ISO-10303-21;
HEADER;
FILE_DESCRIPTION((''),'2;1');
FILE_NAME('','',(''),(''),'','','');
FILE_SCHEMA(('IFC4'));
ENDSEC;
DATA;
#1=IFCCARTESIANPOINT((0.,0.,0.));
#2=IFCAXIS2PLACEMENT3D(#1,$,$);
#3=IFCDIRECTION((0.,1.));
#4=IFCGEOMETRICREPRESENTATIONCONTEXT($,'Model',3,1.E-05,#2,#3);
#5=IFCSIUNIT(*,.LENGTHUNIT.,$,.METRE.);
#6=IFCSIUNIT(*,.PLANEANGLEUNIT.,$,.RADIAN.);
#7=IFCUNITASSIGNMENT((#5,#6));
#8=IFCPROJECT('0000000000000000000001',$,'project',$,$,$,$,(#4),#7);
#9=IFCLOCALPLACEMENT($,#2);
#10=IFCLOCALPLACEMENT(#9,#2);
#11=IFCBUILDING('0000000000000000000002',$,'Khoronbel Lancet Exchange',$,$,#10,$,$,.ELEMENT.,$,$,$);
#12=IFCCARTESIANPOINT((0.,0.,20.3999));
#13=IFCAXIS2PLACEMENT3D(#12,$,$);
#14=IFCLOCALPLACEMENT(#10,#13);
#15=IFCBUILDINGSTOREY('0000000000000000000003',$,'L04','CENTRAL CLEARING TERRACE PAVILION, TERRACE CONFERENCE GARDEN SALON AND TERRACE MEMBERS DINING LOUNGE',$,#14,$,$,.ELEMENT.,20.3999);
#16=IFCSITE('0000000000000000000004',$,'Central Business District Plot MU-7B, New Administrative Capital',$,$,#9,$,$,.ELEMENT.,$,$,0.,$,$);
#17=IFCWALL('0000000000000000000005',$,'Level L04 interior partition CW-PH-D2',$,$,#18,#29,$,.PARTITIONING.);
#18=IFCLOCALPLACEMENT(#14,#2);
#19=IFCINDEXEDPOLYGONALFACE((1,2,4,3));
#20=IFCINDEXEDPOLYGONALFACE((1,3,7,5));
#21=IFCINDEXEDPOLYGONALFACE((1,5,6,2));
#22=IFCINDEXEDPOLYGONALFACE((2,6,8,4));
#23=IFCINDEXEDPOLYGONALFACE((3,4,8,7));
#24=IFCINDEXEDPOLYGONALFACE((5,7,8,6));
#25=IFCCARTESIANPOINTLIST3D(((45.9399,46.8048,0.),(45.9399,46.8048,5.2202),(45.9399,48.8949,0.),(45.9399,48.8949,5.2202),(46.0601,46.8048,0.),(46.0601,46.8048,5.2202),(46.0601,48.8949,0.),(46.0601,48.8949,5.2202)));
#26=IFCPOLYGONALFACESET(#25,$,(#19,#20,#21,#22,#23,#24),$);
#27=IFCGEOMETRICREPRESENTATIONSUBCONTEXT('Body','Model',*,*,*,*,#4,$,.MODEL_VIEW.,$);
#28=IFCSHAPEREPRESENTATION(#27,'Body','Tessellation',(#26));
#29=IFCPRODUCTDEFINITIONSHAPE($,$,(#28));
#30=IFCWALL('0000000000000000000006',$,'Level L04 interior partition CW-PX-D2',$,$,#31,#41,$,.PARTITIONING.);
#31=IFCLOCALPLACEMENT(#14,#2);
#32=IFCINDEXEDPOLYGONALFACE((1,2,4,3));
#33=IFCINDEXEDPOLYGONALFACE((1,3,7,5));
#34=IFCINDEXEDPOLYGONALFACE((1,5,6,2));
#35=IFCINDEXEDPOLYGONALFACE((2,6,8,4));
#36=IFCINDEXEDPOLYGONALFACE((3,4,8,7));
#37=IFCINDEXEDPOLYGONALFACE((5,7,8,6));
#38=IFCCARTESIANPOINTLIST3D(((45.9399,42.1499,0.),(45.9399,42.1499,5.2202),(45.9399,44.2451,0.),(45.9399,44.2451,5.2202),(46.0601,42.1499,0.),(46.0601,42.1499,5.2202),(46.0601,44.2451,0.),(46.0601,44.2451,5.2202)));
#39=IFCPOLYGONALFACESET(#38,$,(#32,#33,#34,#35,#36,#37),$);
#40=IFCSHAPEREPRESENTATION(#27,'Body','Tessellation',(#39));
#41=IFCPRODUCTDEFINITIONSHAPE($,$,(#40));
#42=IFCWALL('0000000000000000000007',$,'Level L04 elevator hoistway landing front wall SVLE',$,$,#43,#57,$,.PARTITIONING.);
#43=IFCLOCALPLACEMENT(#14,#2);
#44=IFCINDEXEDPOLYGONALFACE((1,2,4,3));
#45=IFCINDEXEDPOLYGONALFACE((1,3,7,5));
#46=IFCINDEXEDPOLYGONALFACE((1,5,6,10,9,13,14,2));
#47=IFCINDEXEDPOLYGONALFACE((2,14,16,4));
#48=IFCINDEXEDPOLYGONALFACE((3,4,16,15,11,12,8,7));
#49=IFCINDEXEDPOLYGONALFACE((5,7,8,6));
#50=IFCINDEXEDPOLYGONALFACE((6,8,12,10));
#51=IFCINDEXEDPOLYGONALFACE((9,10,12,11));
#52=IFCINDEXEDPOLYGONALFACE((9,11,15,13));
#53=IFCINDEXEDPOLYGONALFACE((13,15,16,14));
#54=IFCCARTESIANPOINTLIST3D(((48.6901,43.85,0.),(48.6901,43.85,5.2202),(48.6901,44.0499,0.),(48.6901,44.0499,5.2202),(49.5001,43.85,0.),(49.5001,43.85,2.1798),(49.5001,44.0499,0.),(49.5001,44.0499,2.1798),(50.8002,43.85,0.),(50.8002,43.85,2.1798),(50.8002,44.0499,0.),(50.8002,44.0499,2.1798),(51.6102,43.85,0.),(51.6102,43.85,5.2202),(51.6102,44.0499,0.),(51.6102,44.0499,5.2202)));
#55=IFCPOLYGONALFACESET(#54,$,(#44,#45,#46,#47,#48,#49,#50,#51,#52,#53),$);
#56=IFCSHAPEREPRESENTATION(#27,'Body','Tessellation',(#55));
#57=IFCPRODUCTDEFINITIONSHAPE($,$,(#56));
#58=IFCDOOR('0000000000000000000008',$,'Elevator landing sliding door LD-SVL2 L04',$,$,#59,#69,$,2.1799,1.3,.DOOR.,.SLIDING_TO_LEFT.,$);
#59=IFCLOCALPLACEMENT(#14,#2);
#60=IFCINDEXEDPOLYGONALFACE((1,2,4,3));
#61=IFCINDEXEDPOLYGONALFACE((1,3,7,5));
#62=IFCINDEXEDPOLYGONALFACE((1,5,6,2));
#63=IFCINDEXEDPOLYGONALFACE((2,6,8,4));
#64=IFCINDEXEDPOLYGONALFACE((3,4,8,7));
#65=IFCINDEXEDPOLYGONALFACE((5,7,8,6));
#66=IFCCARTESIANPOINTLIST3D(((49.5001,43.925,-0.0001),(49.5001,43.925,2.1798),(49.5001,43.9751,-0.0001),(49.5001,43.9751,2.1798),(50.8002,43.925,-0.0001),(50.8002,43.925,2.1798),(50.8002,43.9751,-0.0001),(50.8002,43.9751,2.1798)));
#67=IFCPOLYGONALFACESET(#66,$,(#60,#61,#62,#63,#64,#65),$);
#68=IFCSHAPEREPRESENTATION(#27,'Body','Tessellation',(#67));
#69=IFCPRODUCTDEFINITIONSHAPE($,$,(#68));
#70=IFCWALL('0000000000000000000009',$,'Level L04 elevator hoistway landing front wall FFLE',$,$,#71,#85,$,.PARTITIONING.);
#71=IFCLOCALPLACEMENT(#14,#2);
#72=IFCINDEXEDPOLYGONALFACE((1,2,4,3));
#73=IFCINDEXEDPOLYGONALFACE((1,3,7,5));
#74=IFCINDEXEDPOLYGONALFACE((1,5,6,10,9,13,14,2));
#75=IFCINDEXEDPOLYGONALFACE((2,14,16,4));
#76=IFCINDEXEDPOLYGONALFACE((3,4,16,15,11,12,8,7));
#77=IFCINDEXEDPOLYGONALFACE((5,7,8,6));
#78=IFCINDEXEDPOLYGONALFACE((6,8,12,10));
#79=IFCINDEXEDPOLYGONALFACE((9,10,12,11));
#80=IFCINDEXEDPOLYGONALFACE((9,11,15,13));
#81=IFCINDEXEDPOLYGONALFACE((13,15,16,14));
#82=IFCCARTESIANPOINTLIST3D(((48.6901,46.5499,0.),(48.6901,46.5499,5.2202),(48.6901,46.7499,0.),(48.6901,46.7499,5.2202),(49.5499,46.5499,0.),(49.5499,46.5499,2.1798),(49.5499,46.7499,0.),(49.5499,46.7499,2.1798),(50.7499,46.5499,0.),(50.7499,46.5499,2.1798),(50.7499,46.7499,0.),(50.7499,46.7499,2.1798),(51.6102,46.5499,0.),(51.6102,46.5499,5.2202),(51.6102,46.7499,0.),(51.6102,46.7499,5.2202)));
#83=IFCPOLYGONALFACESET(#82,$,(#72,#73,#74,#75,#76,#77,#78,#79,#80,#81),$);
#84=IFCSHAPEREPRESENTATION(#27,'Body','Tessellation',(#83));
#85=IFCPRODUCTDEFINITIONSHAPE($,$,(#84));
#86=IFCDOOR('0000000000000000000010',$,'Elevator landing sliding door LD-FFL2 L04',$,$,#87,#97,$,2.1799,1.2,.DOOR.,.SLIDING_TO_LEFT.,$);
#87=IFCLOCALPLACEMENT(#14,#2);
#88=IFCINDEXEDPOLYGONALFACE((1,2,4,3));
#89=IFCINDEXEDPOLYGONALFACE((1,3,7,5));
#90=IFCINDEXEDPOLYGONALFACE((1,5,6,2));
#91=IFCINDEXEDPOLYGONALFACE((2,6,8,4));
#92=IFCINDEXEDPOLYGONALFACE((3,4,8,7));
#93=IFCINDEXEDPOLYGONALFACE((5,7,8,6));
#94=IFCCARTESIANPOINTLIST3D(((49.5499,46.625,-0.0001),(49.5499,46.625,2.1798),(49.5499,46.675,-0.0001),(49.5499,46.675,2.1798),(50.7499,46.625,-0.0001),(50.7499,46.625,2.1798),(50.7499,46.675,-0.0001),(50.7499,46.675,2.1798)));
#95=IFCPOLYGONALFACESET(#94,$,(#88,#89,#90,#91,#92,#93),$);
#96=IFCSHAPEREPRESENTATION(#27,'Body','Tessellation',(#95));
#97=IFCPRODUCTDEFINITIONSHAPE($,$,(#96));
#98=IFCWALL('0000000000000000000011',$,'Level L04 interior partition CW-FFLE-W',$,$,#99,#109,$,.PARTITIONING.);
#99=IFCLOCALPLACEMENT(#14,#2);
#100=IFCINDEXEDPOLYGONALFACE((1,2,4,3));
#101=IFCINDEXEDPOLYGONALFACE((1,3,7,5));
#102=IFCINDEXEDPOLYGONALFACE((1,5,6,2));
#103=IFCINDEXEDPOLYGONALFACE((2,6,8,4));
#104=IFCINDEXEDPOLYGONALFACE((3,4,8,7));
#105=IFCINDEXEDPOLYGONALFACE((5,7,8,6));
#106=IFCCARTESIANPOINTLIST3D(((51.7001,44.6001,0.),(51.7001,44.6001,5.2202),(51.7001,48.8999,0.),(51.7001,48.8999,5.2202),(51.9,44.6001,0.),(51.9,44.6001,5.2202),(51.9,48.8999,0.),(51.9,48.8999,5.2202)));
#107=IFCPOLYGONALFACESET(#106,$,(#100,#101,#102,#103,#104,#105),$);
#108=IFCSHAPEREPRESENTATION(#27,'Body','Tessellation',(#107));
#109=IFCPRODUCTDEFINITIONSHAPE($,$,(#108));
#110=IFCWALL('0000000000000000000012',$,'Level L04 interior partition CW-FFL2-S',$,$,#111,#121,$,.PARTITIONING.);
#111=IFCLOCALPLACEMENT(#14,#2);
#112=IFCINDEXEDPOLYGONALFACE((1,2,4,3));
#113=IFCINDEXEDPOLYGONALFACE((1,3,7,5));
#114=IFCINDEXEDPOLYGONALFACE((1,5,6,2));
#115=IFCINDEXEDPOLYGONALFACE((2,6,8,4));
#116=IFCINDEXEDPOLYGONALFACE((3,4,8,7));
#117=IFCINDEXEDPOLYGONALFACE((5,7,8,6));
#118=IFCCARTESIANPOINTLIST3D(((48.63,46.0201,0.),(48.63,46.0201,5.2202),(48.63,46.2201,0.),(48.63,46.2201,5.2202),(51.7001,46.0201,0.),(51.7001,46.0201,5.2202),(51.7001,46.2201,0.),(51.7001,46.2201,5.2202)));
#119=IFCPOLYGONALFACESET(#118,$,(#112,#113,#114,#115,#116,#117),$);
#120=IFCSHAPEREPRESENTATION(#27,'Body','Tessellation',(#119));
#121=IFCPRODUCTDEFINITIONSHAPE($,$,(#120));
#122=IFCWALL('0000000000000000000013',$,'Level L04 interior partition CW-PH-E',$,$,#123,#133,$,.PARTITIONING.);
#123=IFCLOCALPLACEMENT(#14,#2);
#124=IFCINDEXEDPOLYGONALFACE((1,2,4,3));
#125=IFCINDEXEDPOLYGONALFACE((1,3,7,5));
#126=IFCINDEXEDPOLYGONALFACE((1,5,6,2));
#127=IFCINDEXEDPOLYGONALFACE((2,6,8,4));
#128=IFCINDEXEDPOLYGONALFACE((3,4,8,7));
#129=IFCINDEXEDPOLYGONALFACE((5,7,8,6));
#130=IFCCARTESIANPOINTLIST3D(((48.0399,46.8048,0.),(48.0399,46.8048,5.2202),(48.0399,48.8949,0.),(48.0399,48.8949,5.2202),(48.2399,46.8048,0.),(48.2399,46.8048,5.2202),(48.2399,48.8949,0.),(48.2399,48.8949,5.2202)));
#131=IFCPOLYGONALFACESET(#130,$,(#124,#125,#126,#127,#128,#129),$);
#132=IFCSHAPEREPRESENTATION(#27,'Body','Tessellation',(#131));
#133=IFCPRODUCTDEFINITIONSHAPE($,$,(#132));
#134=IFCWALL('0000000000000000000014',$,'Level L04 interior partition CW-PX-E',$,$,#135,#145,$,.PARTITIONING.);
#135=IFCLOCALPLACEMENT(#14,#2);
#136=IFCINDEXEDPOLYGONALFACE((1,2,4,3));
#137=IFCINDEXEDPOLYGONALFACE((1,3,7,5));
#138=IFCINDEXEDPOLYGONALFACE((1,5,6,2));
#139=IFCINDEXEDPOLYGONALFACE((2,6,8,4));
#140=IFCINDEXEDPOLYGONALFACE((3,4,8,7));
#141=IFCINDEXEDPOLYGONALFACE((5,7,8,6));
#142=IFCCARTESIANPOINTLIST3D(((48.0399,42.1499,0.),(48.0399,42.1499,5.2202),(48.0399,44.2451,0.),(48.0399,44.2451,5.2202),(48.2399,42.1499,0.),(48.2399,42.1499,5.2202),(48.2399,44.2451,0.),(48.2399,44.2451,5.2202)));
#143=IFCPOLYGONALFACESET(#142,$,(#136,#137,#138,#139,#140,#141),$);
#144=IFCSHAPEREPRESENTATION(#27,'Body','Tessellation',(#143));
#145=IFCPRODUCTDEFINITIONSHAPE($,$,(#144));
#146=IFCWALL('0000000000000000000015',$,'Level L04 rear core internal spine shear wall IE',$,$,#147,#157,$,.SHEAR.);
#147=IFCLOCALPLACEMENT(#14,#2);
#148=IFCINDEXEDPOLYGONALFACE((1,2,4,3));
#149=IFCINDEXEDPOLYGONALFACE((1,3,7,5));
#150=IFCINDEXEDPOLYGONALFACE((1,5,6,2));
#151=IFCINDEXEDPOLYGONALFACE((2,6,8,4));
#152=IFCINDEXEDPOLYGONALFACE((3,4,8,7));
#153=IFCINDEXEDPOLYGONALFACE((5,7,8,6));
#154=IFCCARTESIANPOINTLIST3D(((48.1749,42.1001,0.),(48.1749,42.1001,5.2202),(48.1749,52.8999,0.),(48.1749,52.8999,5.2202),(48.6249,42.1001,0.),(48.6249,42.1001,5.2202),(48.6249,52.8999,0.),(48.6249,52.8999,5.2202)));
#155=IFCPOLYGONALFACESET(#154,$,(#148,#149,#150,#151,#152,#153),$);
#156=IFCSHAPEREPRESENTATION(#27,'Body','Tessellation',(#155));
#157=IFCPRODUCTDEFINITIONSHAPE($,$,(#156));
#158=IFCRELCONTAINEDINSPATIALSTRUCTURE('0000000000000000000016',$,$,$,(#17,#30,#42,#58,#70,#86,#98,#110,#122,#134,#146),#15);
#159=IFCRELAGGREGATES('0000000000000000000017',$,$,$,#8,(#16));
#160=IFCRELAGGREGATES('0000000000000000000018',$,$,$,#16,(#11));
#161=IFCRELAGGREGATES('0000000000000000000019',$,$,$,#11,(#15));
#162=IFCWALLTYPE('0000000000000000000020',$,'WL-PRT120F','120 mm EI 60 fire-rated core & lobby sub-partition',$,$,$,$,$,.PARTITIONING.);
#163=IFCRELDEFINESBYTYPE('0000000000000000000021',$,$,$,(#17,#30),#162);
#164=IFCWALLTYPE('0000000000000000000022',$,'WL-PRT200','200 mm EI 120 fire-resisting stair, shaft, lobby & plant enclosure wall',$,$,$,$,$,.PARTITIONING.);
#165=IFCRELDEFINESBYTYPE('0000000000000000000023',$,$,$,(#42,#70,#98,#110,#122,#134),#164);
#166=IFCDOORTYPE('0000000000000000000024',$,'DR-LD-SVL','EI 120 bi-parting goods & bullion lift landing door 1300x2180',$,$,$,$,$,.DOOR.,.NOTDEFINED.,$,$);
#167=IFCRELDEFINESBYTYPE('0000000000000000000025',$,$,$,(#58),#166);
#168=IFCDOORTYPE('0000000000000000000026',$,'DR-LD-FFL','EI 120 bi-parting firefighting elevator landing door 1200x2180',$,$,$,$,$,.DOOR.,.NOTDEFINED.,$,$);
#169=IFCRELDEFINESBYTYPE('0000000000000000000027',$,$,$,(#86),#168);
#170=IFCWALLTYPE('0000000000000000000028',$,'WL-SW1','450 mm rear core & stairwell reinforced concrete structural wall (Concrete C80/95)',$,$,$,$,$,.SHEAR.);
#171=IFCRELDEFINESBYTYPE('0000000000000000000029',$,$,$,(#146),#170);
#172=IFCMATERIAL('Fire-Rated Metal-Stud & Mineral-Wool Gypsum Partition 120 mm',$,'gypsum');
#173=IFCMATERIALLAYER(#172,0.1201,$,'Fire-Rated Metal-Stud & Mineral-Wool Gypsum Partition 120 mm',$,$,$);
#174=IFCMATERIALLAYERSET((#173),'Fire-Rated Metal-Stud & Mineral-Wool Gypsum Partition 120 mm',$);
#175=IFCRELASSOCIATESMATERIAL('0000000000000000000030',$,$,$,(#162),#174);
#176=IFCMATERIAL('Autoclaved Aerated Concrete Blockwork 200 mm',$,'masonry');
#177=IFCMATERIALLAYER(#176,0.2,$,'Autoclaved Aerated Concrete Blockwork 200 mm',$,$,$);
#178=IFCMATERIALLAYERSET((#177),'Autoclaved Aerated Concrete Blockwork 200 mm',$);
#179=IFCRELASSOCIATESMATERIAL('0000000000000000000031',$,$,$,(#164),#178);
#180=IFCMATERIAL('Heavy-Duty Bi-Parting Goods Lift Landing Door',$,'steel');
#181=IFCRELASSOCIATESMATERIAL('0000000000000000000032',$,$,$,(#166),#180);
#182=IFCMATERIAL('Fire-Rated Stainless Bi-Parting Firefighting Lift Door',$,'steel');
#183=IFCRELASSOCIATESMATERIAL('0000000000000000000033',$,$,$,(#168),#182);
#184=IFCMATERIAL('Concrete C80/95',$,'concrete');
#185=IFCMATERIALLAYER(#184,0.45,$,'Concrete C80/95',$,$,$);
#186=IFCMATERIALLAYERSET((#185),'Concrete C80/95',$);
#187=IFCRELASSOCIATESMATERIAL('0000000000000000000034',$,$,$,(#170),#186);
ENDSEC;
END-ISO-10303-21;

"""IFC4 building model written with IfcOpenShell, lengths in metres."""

from ifc_helpers import new_model, si_unit, direction, frame, frame_2d, origin, place, context, subcontext, project, spatial, rectangle, extrude, material, layer, layer_set, type_object, element, fill, save


model = new_model("IFC4")

# Units and contexts
model_context = context("Model", 3, precision=1e-05, world=origin(), true_north=direction((0.0, 1.0)))
body_context = subcontext(model_context, "Body", "Model", "MODEL_VIEW")
ifc_project = project(units=[si_unit("LENGTHUNIT", "METRE"), si_unit("PLANEANGLEUNIT", "RADIAN")], contexts=[model_context])

# Site, building, storey
site_placement = place(None, origin())
site = spatial("IfcSite", under=ifc_project, at=site_placement, Name="Central Business District Plot MU-7B, New Administrative Capital", CompositionType="ELEMENT", RefElevation=0.0)
building_placement = place(site_placement, origin())
building = spatial("IfcBuilding", under=site, at=building_placement, Name="Khoronbel Lancet Exchange", CompositionType="ELEMENT")
storey_placement = place(building_placement, frame((0.0, 0.0, 20.3999)))
storey = spatial("IfcBuildingStorey", under=building, at=storey_placement, Name="L04", Description="CENTRAL CLEARING TERRACE PAVILION, TERRACE CONFERENCE GARDEN SALON AND TERRACE MEMBERS DINING LOUNGE", CompositionType="ELEMENT", Elevation=20.3999)

# Shared definitions
ifc_material_1 = material(Name="Concrete C80/95", Category="concrete")

# Walls
ifc_material_2 = material(Name="Fire-Rated Metal-Stud & Mineral-Wool Gypsum Partition 120 mm", Category="gypsum")
ifc_layer_1 = layer(ifc_material_2, 0.1201, Name="Fire-Rated Metal-Stud & Mineral-Wool Gypsum Partition 120 mm")
ifc_layer_set_1 = layer_set([ifc_layer_1], Name="Fire-Rated Metal-Stud & Mineral-Wool Gypsum Partition 120 mm")
wall_type_1 = type_object("IfcWallType", Name="WL-PRT120F", Description="120 mm EI 60 fire-rated core & lobby sub-partition", PredefinedType="PARTITIONING", material=ifc_layer_set_1)
for number, where, z_axis, x_axis, name in (
    (1, (46.0, 46.8049, 0.0), (0.0, 0.0, 1.0), (0.0, 1.0, 0.0), "Level L04 interior partition CW-PH-D2"),
):
    element("IfcWall", number, at=place(storey_placement, frame(where, z_axis=z_axis, x_axis=x_axis)), inside=storey, type_object=wall_type_1, Name=name, PredefinedType="PARTITIONING", context=body_context, shape_type="SweptSolid", body=[
        extrude(rectangle(XDim=2.0901, YDim=0.1201, at=frame_2d((1.0449, 0.0))), origin(), (0.0, 0.0, 1.0), 5.2202),
    ])
wall_1_placement = place(storey_placement, frame((46.0, 42.1499, 0.0), z_axis=(0.0, 0.0, 1.0), x_axis=(0.0, 1.0, 0.0)))
element("IfcWall", 2, at=wall_1_placement, inside=storey, type_object=wall_type_1, Name="Level L04 interior partition CW-PX-D2", PredefinedType="PARTITIONING", context=body_context, shape_type="SweptSolid", body=[
    extrude(rectangle(XDim=2.0952, YDim=0.1201, at=frame_2d((1.0476, 0.0))), origin(), (0.0, 0.0, 1.0), 5.2202),
])

# Walls, openings, doors
ifc_material_3 = material(Name="Autoclaved Aerated Concrete Blockwork 200 mm", Category="masonry")
ifc_layer_2 = layer(ifc_material_3, 0.2, Name="Autoclaved Aerated Concrete Blockwork 200 mm")
ifc_layer_set_2 = layer_set([ifc_layer_2], Name="Autoclaved Aerated Concrete Blockwork 200 mm")
wall_type_2 = type_object("IfcWallType", Name="WL-PRT200", Description="200 mm EI 120 fire-resisting stair, shaft, lobby & plant enclosure wall", PredefinedType="PARTITIONING", material=ifc_layer_set_2)
wall_2_placement = place(storey_placement, frame((51.6101, 43.95, 0.0), z_axis=(0.0, 0.0, 1.0), x_axis=(-1.0, 0.0, 0.0)))
wall_2 = element("IfcWall", 3, at=wall_2_placement, inside=storey, type_object=wall_type_2, Name="Level L04 elevator hoistway landing front wall SVLE", PredefinedType="PARTITIONING", context=body_context, shape_type="SweptSolid", body=[
    extrude(rectangle(XDim=2.9202, YDim=0.2, at=frame_2d((1.46, 0.0))), origin(), (0.0, 0.0, 1.0), 5.2202),
])
opening_1_placement = place(wall_2_placement, frame((0.8101, 0.0, 0.0)))
opening_1 = element("IfcOpeningElement", 4, at=opening_1_placement, cuts=wall_2, PredefinedType="OPENING", context=body_context, shape_type="SweptSolid", body=[
    extrude(rectangle(XDim=1.3, YDim=2.1799, at=frame_2d((0.6499, 1.0898))), frame((0.0, 0.1099, 0.0), z_axis=(0.0, -1.0, 0.0), x_axis=(1.0, 0.0, 0.0)), (0.0, 0.0, 1.0), 0.22),
])
ifc_material_4 = material(Name="Heavy-Duty Bi-Parting Goods Lift Landing Door", Category="steel")
door_type_1 = type_object("IfcDoorType", Name="DR-LD-SVL", Description="EI 120 bi-parting goods & bullion lift landing door 1300x2180", OperationType="NOTDEFINED", PredefinedType="DOOR", material=ifc_material_4)
door_1_placement = place(opening_1_placement, origin())
door_1 = element("IfcDoor", 5, at=door_1_placement, inside=storey, type_object=door_type_1, Name="Elevator landing sliding door LD-SVL2 L04", OperationType="SLIDING_TO_LEFT", OverallHeight=2.1799, OverallWidth=1.3, PredefinedType="DOOR", context=body_context, shape_type="SweptSolid", body=[
    extrude(rectangle(XDim=1.3, YDim=2.1799, at=frame_2d((0.6499, 1.0898))), frame((0.0, 0.0249, 0.0), z_axis=(0.0, -1.0, 0.0), x_axis=(1.0, 0.0, 0.0)), (0.0, 0.0, 1.0), 0.05),
])
fill(opening_1, door_1)
wall_3_placement = place(storey_placement, frame((51.6101, 46.6499, 0.0), z_axis=(0.0, 0.0, 1.0), x_axis=(-1.0, 0.0, 0.0)))
wall_3 = element("IfcWall", 6, at=wall_3_placement, inside=storey, type_object=wall_type_2, Name="Level L04 elevator hoistway landing front wall FFLE", PredefinedType="PARTITIONING", context=body_context, shape_type="SweptSolid", body=[
    extrude(rectangle(XDim=2.9202, YDim=0.2, at=frame_2d((1.46, 0.0))), origin(), (0.0, 0.0, 1.0), 5.2202),
])
opening_2_placement = place(wall_3_placement, frame((0.8601, 0.0, 0.0)))
opening_2 = element("IfcOpeningElement", 7, at=opening_2_placement, cuts=wall_3, PredefinedType="OPENING", context=body_context, shape_type="SweptSolid", body=[
    extrude(rectangle(XDim=1.2, YDim=2.1799, at=frame_2d((0.6001, 1.0898))), frame((0.0, 0.1099, 0.0), z_axis=(0.0, -1.0, 0.0), x_axis=(1.0, 0.0, 0.0)), (0.0, 0.0, 1.0), 0.22),
])
ifc_material_5 = material(Name="Fire-Rated Stainless Bi-Parting Firefighting Lift Door", Category="steel")
door_type_2 = type_object("IfcDoorType", Name="DR-LD-FFL", Description="EI 120 bi-parting firefighting elevator landing door 1200x2180", OperationType="NOTDEFINED", PredefinedType="DOOR", material=ifc_material_5)
door_2_placement = place(opening_2_placement, origin())
door_2 = element("IfcDoor", 8, at=door_2_placement, inside=storey, type_object=door_type_2, Name="Elevator landing sliding door LD-FFL2 L04", OperationType="SLIDING_TO_LEFT", OverallHeight=2.1799, OverallWidth=1.2, PredefinedType="DOOR", context=body_context, shape_type="SweptSolid", body=[
    extrude(rectangle(XDim=1.2, YDim=2.1799, at=frame_2d((0.6001, 1.0898))), frame((0.0, 0.0249, 0.0), z_axis=(0.0, -1.0, 0.0), x_axis=(1.0, 0.0, 0.0)), (0.0, 0.0, 1.0), 0.05),
])
fill(opening_2, door_2)

# Wall
wall_4_placement = place(storey_placement, frame((51.8, 44.6001, 0.0), z_axis=(0.0, 0.0, 1.0), x_axis=(0.0, 1.0, 0.0)))
element("IfcWall", 9, at=wall_4_placement, inside=storey, type_object=wall_type_2, Name="Level L04 interior partition CW-FFLE-W", PredefinedType="PARTITIONING", context=body_context, shape_type="SweptSolid", body=[
    extrude(rectangle(XDim=4.2998, YDim=0.2, at=frame_2d((2.1499, 0.0))), origin(), (0.0, 0.0, 1.0), 5.2202),
])

# Wall
wall_5_placement = place(storey_placement, frame((48.6299, 46.1201, 0.0), z_axis=(0.0, 0.0, 1.0), x_axis=(1.0, 0.0, 0.0)))
element("IfcWall", 10, at=wall_5_placement, inside=storey, type_object=wall_type_2, Name="Level L04 interior partition CW-FFL2-S", PredefinedType="PARTITIONING", context=body_context, shape_type="SweptSolid", body=[
    extrude(rectangle(XDim=3.0701, YDim=0.2, at=frame_2d((1.5352, 0.0))), origin(), (0.0, 0.0, 1.0), 5.2202),
])

# Walls
wall_6_placement = place(storey_placement, frame((48.1399, 46.8049, 0.0), z_axis=(0.0, 0.0, 1.0), x_axis=(0.0, 1.0, 0.0)))
element("IfcWall", 11, at=wall_6_placement, inside=storey, type_object=wall_type_2, Name="Level L04 interior partition CW-PH-E", PredefinedType="PARTITIONING", context=body_context, shape_type="SweptSolid", body=[
    extrude(rectangle(XDim=2.0901, YDim=0.2, at=frame_2d((1.0449, 0.0))), origin(), (0.0, 0.0, 1.0), 5.2202),
])
wall_7_placement = place(storey_placement, frame((48.1399, 42.1499, 0.0), z_axis=(0.0, 0.0, 1.0), x_axis=(0.0, 1.0, 0.0)))
element("IfcWall", 12, at=wall_7_placement, inside=storey, type_object=wall_type_2, Name="Level L04 interior partition CW-PX-E", PredefinedType="PARTITIONING", context=body_context, shape_type="SweptSolid", body=[
    extrude(rectangle(XDim=2.0952, YDim=0.2, at=frame_2d((1.0476, 0.0))), origin(), (0.0, 0.0, 1.0), 5.2202),
])
ifc_layer_3 = layer(ifc_material_1, 0.45, Name="Concrete C80/95")
ifc_layer_set_3 = layer_set([ifc_layer_3], Name="Concrete C80/95")
wall_type_3 = type_object("IfcWallType", Name="WL-SW1", Description="450 mm rear core & stairwell reinforced concrete structural wall (Concrete C80/95)", PredefinedType="SHEAR", material=ifc_layer_set_3)
wall_8_placement = place(storey_placement, frame((48.3999, 42.1001, 0.0), z_axis=(0.0, 0.0, 1.0), x_axis=(0.0, 1.0, 0.0)))
element("IfcWall", 13, at=wall_8_placement, inside=storey, type_object=wall_type_3, Name="Level L04 rear core internal spine shear wall IE", PredefinedType="SHEAR", context=body_context, shape_type="SweptSolid", body=[
    extrude(rectangle(XDim=10.7998, YDim=0.45, at=frame_2d((5.3999, 0.0))), origin(), (0.0, 0.0, 1.0), 5.2202),
])

save(model, "model.ifc")
